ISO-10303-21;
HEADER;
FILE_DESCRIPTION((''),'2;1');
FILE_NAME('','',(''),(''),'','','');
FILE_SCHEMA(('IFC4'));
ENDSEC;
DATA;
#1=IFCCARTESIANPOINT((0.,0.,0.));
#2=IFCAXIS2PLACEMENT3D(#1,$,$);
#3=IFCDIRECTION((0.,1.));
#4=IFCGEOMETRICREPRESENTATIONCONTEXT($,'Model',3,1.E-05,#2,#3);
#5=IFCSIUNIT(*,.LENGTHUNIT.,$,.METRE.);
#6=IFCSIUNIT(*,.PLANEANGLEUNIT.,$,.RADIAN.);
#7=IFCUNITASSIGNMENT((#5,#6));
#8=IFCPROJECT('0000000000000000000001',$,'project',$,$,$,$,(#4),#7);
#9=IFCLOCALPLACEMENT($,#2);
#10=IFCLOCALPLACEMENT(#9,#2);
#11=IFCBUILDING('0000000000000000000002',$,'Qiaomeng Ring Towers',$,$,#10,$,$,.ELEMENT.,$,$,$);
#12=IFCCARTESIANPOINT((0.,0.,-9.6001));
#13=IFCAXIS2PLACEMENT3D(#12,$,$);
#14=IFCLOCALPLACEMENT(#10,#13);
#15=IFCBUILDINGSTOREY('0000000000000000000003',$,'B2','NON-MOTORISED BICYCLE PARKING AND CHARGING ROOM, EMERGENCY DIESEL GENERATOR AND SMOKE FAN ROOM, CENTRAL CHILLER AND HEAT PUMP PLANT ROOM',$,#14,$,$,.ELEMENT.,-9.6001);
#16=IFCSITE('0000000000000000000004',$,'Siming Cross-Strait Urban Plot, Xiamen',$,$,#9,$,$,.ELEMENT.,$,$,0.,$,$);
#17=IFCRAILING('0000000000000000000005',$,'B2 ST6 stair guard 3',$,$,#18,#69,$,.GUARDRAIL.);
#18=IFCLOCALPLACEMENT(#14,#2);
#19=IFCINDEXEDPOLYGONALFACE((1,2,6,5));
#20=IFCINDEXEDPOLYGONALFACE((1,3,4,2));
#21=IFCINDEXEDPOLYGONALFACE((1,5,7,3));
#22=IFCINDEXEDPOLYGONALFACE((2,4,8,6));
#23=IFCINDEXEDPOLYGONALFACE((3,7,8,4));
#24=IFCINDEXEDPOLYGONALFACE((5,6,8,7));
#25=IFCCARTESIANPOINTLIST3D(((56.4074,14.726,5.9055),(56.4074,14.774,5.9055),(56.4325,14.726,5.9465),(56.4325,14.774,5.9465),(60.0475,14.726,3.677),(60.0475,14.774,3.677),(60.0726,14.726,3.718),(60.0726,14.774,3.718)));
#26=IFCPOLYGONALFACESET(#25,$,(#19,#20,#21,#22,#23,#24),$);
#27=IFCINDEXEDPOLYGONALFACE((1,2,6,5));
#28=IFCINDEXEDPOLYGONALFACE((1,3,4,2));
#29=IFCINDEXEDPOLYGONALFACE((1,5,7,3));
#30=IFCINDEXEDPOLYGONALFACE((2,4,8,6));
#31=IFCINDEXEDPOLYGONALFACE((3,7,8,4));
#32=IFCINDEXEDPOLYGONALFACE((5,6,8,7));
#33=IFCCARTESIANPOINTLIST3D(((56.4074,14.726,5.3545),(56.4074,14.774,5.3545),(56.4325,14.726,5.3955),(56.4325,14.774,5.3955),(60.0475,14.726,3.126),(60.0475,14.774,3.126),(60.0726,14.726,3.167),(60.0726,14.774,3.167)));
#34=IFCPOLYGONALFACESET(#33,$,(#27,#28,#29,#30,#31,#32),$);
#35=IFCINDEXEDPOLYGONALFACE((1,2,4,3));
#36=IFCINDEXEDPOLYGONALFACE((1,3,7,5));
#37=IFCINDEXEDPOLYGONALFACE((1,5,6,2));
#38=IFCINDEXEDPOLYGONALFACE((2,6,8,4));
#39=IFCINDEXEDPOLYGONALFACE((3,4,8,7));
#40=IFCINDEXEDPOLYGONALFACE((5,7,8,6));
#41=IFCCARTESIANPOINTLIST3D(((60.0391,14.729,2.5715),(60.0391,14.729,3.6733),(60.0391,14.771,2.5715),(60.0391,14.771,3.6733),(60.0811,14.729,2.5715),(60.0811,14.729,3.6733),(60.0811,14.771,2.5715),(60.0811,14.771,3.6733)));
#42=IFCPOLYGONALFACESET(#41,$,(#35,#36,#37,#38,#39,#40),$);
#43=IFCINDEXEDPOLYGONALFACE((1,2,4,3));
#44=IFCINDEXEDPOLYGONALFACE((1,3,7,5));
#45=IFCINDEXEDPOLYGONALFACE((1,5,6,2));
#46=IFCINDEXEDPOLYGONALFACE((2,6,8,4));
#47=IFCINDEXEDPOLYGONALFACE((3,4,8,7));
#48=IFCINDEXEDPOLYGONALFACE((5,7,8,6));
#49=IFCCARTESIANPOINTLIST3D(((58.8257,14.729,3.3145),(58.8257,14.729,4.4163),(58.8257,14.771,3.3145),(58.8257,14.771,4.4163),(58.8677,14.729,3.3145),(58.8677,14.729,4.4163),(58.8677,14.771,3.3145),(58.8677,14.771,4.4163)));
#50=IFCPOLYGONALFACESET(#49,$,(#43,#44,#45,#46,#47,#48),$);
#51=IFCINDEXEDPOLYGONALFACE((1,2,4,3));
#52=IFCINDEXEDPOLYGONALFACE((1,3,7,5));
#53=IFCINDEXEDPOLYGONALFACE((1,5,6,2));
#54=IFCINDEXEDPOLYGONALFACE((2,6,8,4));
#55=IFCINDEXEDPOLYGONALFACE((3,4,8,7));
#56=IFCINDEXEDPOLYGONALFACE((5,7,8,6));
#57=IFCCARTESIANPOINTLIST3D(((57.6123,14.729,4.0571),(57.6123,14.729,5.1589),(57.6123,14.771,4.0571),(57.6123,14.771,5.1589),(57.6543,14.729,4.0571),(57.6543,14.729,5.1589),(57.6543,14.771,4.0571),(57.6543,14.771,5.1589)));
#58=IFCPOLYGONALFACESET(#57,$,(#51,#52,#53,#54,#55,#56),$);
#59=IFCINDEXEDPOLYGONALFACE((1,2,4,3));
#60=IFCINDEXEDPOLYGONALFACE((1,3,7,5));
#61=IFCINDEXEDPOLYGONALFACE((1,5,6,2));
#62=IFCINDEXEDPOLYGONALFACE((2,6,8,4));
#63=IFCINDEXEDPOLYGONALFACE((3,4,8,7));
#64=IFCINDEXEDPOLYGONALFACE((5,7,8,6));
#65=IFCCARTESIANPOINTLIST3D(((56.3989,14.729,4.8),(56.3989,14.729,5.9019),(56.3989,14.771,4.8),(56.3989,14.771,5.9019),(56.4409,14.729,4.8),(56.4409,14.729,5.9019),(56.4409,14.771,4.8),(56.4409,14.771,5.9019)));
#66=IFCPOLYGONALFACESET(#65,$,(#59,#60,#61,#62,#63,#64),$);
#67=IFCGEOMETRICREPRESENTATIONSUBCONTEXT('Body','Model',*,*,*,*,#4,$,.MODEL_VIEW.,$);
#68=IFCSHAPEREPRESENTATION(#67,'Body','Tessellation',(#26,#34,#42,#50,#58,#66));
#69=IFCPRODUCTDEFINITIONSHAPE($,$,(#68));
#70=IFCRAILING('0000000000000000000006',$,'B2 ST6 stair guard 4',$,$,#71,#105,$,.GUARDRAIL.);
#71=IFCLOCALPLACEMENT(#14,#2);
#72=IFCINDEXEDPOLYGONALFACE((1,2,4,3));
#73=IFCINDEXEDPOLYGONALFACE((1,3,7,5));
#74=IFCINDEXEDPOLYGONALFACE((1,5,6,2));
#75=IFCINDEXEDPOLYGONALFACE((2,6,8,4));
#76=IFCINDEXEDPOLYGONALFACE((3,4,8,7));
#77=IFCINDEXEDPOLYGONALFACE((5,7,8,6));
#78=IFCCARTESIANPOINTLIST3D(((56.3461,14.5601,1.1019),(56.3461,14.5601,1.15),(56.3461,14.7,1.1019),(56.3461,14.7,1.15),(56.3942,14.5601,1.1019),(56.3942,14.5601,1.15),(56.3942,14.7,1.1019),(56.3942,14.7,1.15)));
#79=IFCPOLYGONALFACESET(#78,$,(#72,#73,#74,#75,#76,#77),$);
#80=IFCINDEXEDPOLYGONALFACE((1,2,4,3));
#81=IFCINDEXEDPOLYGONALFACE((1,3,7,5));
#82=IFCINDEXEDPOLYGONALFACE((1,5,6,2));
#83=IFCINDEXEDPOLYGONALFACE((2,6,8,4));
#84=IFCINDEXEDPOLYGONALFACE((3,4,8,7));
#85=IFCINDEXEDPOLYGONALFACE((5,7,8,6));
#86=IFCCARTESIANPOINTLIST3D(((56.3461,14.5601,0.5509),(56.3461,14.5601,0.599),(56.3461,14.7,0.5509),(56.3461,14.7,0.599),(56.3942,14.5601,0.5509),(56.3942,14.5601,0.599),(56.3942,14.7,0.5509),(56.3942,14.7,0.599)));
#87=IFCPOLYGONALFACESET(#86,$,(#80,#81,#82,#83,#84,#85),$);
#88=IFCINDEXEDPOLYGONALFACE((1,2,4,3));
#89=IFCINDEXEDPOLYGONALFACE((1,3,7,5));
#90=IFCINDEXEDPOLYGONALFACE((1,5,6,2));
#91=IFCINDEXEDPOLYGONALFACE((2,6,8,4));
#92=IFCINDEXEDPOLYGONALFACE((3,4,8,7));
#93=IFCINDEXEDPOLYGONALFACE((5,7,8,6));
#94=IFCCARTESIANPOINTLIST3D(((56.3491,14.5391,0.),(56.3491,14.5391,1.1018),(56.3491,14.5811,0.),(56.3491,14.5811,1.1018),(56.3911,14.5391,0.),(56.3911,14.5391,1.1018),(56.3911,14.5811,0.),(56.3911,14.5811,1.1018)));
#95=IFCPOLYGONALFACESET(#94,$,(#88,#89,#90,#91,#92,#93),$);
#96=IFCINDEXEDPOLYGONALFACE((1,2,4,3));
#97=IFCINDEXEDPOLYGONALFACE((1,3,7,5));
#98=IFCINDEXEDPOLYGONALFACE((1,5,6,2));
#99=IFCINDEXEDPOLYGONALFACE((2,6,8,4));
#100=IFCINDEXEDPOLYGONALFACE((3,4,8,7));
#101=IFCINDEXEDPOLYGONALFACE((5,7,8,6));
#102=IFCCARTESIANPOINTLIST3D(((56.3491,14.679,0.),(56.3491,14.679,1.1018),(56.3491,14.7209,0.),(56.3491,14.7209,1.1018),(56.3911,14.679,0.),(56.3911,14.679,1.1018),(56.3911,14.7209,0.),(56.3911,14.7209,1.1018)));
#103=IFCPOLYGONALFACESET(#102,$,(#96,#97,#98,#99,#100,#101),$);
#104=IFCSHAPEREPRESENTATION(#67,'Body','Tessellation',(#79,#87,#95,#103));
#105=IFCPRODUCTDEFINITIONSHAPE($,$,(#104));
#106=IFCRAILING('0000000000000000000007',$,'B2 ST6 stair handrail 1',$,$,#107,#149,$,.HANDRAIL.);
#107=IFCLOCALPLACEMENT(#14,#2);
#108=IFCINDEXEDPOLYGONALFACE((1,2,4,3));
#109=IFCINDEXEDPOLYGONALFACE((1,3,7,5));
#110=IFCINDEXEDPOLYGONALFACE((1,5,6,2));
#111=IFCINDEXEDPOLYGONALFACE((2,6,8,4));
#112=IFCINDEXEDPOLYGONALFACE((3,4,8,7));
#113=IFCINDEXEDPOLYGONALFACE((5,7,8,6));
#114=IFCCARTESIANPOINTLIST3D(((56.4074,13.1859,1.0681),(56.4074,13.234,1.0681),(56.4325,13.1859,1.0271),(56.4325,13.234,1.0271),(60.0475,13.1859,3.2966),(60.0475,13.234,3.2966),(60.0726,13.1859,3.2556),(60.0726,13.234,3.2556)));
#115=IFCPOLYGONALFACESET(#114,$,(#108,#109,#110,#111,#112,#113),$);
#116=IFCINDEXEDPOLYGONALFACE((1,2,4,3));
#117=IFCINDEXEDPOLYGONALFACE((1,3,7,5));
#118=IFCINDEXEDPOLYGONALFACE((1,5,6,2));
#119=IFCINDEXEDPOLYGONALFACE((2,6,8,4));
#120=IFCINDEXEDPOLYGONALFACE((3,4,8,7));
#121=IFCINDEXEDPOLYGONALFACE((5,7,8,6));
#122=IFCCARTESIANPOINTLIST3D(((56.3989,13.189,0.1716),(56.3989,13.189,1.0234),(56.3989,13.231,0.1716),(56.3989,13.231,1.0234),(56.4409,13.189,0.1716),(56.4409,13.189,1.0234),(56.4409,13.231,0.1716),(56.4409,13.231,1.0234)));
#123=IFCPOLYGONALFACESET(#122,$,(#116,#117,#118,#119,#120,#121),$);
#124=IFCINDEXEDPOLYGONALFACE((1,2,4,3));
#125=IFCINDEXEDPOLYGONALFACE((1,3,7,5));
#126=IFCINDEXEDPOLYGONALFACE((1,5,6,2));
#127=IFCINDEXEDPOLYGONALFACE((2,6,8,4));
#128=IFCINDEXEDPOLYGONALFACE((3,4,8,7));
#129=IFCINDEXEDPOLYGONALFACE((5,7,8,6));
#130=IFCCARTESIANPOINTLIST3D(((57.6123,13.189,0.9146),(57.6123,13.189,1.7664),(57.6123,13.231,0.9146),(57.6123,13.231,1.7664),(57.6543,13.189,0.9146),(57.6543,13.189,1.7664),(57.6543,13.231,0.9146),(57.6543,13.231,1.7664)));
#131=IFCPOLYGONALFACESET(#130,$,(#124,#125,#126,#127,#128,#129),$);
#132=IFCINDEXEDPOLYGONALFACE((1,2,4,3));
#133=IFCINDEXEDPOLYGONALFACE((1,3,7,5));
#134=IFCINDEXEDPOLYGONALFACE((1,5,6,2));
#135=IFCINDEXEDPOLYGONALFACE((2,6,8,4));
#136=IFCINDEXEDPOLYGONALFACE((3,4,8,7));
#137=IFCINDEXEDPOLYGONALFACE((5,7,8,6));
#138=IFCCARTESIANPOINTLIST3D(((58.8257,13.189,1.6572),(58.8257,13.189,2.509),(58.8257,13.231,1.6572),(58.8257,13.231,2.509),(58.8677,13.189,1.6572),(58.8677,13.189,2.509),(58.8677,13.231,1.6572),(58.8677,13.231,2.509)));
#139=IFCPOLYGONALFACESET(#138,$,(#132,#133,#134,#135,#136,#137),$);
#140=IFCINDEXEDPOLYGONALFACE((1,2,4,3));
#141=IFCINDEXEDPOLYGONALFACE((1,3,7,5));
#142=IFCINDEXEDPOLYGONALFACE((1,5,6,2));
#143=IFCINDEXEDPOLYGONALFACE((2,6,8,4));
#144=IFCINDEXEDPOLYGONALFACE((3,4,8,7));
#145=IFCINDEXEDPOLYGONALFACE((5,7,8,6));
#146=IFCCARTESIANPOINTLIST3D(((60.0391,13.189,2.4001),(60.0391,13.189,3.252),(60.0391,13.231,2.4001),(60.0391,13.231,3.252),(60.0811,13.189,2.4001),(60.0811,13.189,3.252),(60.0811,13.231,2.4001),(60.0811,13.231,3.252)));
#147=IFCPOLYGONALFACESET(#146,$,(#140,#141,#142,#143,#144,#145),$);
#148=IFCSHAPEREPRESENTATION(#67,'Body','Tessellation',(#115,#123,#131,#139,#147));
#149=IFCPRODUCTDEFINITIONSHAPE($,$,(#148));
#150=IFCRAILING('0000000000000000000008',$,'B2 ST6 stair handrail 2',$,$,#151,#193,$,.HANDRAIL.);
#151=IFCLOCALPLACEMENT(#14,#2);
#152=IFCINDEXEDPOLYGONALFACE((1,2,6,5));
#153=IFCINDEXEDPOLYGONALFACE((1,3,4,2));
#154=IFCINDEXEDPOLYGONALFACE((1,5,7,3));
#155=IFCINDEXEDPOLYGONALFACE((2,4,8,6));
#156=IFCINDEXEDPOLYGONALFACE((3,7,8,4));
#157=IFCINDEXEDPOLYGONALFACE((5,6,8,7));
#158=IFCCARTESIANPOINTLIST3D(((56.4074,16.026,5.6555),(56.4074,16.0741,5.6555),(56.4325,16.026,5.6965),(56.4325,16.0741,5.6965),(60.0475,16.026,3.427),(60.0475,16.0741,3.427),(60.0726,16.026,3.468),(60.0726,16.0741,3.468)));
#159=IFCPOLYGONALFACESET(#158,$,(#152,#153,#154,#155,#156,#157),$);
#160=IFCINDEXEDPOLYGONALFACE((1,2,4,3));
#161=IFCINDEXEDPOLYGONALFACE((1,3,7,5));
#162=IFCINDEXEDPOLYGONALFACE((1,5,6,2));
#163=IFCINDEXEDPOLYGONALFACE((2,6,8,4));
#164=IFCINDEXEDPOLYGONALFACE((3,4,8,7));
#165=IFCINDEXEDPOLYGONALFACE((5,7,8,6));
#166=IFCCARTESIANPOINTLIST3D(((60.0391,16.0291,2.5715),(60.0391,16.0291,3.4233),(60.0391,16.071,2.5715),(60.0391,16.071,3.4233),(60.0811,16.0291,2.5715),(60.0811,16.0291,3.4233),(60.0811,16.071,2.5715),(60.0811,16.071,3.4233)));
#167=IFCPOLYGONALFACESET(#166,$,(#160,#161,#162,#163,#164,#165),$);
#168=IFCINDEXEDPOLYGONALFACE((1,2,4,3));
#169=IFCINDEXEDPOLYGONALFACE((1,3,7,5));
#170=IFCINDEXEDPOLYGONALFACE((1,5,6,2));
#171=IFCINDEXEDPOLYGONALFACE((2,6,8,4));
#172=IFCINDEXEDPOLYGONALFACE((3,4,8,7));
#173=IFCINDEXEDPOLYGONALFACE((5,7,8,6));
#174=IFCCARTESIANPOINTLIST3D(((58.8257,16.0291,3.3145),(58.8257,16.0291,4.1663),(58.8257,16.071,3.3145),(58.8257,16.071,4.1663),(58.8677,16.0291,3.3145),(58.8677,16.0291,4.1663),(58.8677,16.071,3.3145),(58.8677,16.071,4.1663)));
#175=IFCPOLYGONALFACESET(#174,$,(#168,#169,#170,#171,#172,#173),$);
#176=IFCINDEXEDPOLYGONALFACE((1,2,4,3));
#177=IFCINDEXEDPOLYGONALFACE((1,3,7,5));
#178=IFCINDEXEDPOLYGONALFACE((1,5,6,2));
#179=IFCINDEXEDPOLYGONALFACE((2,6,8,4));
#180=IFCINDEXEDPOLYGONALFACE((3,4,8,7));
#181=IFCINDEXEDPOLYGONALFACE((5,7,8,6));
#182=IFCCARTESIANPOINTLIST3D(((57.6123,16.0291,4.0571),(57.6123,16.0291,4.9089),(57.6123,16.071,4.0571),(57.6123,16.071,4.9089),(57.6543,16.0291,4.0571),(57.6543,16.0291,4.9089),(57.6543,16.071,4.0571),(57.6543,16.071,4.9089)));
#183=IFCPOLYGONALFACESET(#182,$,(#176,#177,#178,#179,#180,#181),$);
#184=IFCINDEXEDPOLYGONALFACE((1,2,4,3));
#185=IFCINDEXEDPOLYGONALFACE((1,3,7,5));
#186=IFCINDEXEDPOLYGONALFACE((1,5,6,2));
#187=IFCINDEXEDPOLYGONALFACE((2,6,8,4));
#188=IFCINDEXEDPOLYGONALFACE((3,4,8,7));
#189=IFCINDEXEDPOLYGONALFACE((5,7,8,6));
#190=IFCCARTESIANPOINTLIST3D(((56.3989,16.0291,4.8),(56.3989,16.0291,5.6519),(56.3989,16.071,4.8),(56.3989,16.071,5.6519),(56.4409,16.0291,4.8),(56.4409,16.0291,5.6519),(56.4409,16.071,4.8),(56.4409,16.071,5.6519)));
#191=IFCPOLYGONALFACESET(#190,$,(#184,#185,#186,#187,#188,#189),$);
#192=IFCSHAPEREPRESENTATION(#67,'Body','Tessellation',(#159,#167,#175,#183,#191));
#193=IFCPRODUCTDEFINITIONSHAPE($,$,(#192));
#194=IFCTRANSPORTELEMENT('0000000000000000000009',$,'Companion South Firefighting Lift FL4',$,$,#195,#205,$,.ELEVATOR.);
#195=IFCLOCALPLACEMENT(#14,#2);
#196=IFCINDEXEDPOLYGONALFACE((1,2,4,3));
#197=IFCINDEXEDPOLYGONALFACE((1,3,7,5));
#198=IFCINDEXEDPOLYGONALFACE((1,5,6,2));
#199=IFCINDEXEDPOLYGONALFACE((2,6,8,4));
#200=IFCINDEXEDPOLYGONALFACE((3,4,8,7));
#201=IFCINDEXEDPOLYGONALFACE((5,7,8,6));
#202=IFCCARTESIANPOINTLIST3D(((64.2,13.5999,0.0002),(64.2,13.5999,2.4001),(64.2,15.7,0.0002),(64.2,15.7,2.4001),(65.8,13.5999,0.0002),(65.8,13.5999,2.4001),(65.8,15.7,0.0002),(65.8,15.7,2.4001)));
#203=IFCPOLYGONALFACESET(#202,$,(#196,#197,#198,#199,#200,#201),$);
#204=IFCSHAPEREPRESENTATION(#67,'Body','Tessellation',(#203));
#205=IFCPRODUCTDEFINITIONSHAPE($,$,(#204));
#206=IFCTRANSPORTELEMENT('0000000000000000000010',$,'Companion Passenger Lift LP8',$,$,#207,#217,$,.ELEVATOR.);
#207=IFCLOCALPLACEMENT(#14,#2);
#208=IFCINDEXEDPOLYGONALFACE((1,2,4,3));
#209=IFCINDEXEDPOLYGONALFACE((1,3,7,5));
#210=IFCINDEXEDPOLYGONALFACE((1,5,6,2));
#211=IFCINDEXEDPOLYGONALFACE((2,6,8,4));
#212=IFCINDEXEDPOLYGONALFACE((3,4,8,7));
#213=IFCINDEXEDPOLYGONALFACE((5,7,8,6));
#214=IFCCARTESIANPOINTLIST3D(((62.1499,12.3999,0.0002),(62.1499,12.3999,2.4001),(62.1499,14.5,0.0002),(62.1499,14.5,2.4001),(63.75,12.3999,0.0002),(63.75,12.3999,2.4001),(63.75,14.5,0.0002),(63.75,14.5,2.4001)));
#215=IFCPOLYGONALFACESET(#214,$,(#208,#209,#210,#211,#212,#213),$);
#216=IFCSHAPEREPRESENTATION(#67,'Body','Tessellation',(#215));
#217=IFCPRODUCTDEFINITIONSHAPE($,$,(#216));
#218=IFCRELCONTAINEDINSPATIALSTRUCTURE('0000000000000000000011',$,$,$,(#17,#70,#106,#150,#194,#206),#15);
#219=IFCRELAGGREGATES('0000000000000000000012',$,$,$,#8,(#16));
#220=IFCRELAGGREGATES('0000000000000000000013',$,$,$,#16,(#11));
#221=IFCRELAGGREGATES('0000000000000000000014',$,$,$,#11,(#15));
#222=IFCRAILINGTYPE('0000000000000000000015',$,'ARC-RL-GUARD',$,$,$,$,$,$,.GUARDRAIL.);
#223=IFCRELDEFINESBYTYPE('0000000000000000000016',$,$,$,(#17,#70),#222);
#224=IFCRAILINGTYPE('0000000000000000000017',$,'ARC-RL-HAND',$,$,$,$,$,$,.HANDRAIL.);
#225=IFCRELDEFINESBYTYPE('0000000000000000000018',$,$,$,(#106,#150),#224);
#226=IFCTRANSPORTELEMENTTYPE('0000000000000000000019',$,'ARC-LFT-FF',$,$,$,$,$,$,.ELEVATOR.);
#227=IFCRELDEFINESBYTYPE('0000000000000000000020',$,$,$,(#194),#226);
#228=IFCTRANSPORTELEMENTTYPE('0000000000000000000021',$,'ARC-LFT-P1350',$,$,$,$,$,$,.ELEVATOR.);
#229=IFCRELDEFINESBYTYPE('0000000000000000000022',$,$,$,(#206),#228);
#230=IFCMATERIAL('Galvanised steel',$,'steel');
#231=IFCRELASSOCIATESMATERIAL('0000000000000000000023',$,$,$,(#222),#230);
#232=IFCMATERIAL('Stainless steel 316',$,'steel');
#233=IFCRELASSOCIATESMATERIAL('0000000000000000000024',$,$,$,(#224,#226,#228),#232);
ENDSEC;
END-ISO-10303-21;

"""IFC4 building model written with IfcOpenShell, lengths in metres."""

from ifc_helpers import new_model, si_unit, direction, frame, origin, origin_2d, place, context, subcontext, project, spatial, rectangle, extrude, source, transform, mapped, material, type_object, element, save


model = new_model("IFC4")

# Units and contexts
model_context = context("Model", 3, precision=1e-05, world=origin(), true_north=direction((0.0, 1.0)))
body_context = subcontext(model_context, "Body", "Model", "MODEL_VIEW")
ifc_project = project(units=[si_unit("LENGTHUNIT", "METRE"), si_unit("PLANEANGLEUNIT", "RADIAN")], contexts=[model_context])

# Site, building, storey
site_placement = place(None, origin())
site = spatial("IfcSite", under=ifc_project, at=site_placement, Name="Siming Cross-Strait Urban Plot, Xiamen", CompositionType="ELEMENT", RefElevation=0.0)
building_placement = place(site_placement, origin())
building = spatial("IfcBuilding", under=site, at=building_placement, Name="Qiaomeng Ring Towers", CompositionType="ELEMENT")
storey_placement = place(building_placement, frame((0.0, 0.0, -9.6001)))
storey = spatial("IfcBuildingStorey", under=building, at=storey_placement, Name="B2", Description="NON-MOTORISED BICYCLE PARKING AND CHARGING ROOM, EMERGENCY DIESEL GENERATOR AND SMOKE FAN ROOM, CENTRAL CHILLER AND HEAT PUMP PLANT ROOM", CompositionType="ELEMENT", Elevation=-9.6001)

# Shared definitions
ifc_material_1 = material(Name="Galvanised steel", Category="steel")

# Railings
railing_type_1 = type_object("IfcRailingType", Name="ARC-RL-GUARD", PredefinedType="GUARDRAIL", material=ifc_material_1)
railing_1_placement = place(storey_placement, frame((60.0601, 14.75, 2.5715)))
element("IfcRailing", 1, at=railing_1_placement, inside=storey, type_object=railing_type_1, Name="B2 ST6 stair guard 3", PredefinedType="GUARDRAIL", context=body_context, shape_type="SweptSolid", body=[
    extrude(rectangle(XDim=0.0481, YDim=0.0481, at=origin_2d()), frame((0.0, 0.0, 1.126), z_axis=(-0.852866, 0.0, 0.52213), x_axis=(0.0, -1.0, 0.0)), (0.0, 0.0, 1.0), 4.2681),
    extrude(rectangle(XDim=0.0481, YDim=0.0481, at=origin_2d()), frame((0.0, 0.0, 0.575), z_axis=(-0.852866, 0.0, 0.52213), x_axis=(0.0, -1.0, 0.0)), (0.0, 0.0, 1.0), 4.2681),
    extrude(rectangle(XDim=0.042, YDim=0.042, at=origin_2d()), origin(), (0.0, 0.0, 1.0), 1.1018),
    extrude(rectangle(XDim=0.042, YDim=0.042, at=origin_2d()), frame((-1.2134, 0.0, 0.7429)), (0.0, 0.0, 1.0), 1.1018),
    extrude(rectangle(XDim=0.042, YDim=0.042, at=origin_2d()), frame((-2.4268, 0.0, 1.4856)), (0.0, 0.0, 1.0), 1.1018),
    extrude(rectangle(XDim=0.042, YDim=0.042, at=origin_2d()), frame((-3.6401, 0.0, 2.2285)), (0.0, 0.0, 1.0), 1.1018),
])
railing_2_placement = place(storey_placement, frame((56.3701, 14.5601, 0.0)))
element("IfcRailing", 2, at=railing_2_placement, inside=storey, type_object=railing_type_1, Name="B2 ST6 stair guard 4", PredefinedType="GUARDRAIL", context=body_context, shape_type="SweptSolid", body=[
    extrude(rectangle(XDim=0.0481, YDim=0.0481, at=origin_2d()), frame((0.0, 0.0, 1.126), z_axis=(0.0, 1.0, 0.0), x_axis=(-1.0, 0.0, 0.0)), (0.0, 0.0, 1.0), 0.1399),
    extrude(rectangle(XDim=0.0481, YDim=0.0481, at=origin_2d()), frame((0.0, 0.0, 0.575), z_axis=(0.0, 1.0, 0.0), x_axis=(-1.0, 0.0, 0.0)), (0.0, 0.0, 1.0), 0.1399),
    extrude(rectangle(XDim=0.042, YDim=0.042, at=origin_2d()), origin(), (0.0, 0.0, 1.0), 1.1018),
    extrude(rectangle(XDim=0.042, YDim=0.042, at=origin_2d()), frame((0.0, 0.1399, 0.0)), (0.0, 0.0, 1.0), 1.1018),
])
ifc_material_2 = material(Name="Stainless steel 316", Category="steel")
railing_type_2 = type_object("IfcRailingType", Name="ARC-RL-HAND", PredefinedType="HANDRAIL", material=ifc_material_2)
railing_3_placement = place(storey_placement, frame((56.4199, 13.21, 0.1716)))
element("IfcRailing", 3, at=railing_3_placement, inside=storey, type_object=railing_type_2, Name="B2 ST6 stair handrail 1", PredefinedType="HANDRAIL", context=body_context, shape_type="SweptSolid", body=[
    extrude(rectangle(XDim=0.0481, YDim=0.0481, at=origin_2d()), frame((0.0, 0.0, 0.876), z_axis=(0.852866, 0.0, 0.52213), x_axis=(0.0, 1.0, 0.0)), (0.0, 0.0, 1.0), 4.2681),
    extrude(rectangle(XDim=0.042, YDim=0.042, at=origin_2d()), origin(), (0.0, 0.0, 1.0), 0.8518),
    extrude(rectangle(XDim=0.042, YDim=0.042, at=origin_2d()), frame((1.2134, 0.0, 0.7429)), (0.0, 0.0, 1.0), 0.8518),
    extrude(rectangle(XDim=0.042, YDim=0.042, at=origin_2d()), frame((2.4268, 0.0, 1.4856)), (0.0, 0.0, 1.0), 0.8518),
    extrude(rectangle(XDim=0.042, YDim=0.042, at=origin_2d()), frame((3.6401, 0.0, 2.2285)), (0.0, 0.0, 1.0), 0.8518),
])
railing_4_placement = place(storey_placement, frame((60.0601, 16.05, 2.5715)))
element("IfcRailing", 4, at=railing_4_placement, inside=storey, type_object=railing_type_2, Name="B2 ST6 stair handrail 2", PredefinedType="HANDRAIL", context=body_context, shape_type="SweptSolid", body=[
    extrude(rectangle(XDim=0.0481, YDim=0.0481, at=origin_2d()), frame((0.0, 0.0, 0.876), z_axis=(-0.852866, 0.0, 0.52213), x_axis=(0.0, -1.0, 0.0)), (0.0, 0.0, 1.0), 4.2681),
    extrude(rectangle(XDim=0.042, YDim=0.042, at=origin_2d()), origin(), (0.0, 0.0, 1.0), 0.8518),
    extrude(rectangle(XDim=0.042, YDim=0.042, at=origin_2d()), frame((-1.2134, 0.0, 0.7429)), (0.0, 0.0, 1.0), 0.8518),
    extrude(rectangle(XDim=0.042, YDim=0.042, at=origin_2d()), frame((-2.4268, 0.0, 1.4856)), (0.0, 0.0, 1.0), 0.8518),
    extrude(rectangle(XDim=0.042, YDim=0.042, at=origin_2d()), frame((-3.6401, 0.0, 2.2285)), (0.0, 0.0, 1.0), 0.8518),
])

# Transport elements
transport_element_type_1 = type_object("IfcTransportElementType", Name="ARC-LFT-FF", PredefinedType="ELEVATOR", material=ifc_material_2)
shared_shape_1 = source(origin(), body_context, "Body", "SweptSolid", [
    extrude(rectangle(XDim=1.6001, YDim=2.1001, at=origin_2d()), origin(), (0.0, 0.0, 1.0), 2.3999),
])
transport_element_1_placement = place(storey_placement, frame((65.0, 14.6499, 0.0002), z_axis=(0.0, 0.0, 1.0), x_axis=(1.0, 0.0, 0.0)))
element("IfcTransportElement", 5, at=transport_element_1_placement, inside=storey, type_object=transport_element_type_1, Name="Companion South Firefighting Lift FL4", PredefinedType="ELEVATOR", context=body_context, shape_type="MappedRepresentation", body=[
    mapped(shared_shape_1, transform((0.0, 0.0, 0.0), x_axis=(1.0, 0.0, 0.0), y_axis=(0.0, 1.0, 0.0), z_axis=(0.0, 0.0, 1.0), scale=1.0)),
])
transport_element_type_2 = type_object("IfcTransportElementType", Name="ARC-LFT-P1350", PredefinedType="ELEVATOR", material=ifc_material_2)
transport_element_2_placement = place(storey_placement, frame((62.95, 13.45, 0.0002), z_axis=(0.0, 0.0, 1.0), x_axis=(1.0, 0.0, 0.0)))
element("IfcTransportElement", 6, at=transport_element_2_placement, inside=storey, type_object=transport_element_type_2, Name="Companion Passenger Lift LP8", PredefinedType="ELEVATOR", context=body_context, shape_type="MappedRepresentation", body=[
    mapped(shared_shape_1, transform((0.0, 0.0, 0.0), x_axis=(1.0, 0.0, 0.0), y_axis=(0.0, 1.0, 0.0), z_axis=(0.0, 0.0, 1.0), scale=1.0)),
])

save(model, "model.ifc")
